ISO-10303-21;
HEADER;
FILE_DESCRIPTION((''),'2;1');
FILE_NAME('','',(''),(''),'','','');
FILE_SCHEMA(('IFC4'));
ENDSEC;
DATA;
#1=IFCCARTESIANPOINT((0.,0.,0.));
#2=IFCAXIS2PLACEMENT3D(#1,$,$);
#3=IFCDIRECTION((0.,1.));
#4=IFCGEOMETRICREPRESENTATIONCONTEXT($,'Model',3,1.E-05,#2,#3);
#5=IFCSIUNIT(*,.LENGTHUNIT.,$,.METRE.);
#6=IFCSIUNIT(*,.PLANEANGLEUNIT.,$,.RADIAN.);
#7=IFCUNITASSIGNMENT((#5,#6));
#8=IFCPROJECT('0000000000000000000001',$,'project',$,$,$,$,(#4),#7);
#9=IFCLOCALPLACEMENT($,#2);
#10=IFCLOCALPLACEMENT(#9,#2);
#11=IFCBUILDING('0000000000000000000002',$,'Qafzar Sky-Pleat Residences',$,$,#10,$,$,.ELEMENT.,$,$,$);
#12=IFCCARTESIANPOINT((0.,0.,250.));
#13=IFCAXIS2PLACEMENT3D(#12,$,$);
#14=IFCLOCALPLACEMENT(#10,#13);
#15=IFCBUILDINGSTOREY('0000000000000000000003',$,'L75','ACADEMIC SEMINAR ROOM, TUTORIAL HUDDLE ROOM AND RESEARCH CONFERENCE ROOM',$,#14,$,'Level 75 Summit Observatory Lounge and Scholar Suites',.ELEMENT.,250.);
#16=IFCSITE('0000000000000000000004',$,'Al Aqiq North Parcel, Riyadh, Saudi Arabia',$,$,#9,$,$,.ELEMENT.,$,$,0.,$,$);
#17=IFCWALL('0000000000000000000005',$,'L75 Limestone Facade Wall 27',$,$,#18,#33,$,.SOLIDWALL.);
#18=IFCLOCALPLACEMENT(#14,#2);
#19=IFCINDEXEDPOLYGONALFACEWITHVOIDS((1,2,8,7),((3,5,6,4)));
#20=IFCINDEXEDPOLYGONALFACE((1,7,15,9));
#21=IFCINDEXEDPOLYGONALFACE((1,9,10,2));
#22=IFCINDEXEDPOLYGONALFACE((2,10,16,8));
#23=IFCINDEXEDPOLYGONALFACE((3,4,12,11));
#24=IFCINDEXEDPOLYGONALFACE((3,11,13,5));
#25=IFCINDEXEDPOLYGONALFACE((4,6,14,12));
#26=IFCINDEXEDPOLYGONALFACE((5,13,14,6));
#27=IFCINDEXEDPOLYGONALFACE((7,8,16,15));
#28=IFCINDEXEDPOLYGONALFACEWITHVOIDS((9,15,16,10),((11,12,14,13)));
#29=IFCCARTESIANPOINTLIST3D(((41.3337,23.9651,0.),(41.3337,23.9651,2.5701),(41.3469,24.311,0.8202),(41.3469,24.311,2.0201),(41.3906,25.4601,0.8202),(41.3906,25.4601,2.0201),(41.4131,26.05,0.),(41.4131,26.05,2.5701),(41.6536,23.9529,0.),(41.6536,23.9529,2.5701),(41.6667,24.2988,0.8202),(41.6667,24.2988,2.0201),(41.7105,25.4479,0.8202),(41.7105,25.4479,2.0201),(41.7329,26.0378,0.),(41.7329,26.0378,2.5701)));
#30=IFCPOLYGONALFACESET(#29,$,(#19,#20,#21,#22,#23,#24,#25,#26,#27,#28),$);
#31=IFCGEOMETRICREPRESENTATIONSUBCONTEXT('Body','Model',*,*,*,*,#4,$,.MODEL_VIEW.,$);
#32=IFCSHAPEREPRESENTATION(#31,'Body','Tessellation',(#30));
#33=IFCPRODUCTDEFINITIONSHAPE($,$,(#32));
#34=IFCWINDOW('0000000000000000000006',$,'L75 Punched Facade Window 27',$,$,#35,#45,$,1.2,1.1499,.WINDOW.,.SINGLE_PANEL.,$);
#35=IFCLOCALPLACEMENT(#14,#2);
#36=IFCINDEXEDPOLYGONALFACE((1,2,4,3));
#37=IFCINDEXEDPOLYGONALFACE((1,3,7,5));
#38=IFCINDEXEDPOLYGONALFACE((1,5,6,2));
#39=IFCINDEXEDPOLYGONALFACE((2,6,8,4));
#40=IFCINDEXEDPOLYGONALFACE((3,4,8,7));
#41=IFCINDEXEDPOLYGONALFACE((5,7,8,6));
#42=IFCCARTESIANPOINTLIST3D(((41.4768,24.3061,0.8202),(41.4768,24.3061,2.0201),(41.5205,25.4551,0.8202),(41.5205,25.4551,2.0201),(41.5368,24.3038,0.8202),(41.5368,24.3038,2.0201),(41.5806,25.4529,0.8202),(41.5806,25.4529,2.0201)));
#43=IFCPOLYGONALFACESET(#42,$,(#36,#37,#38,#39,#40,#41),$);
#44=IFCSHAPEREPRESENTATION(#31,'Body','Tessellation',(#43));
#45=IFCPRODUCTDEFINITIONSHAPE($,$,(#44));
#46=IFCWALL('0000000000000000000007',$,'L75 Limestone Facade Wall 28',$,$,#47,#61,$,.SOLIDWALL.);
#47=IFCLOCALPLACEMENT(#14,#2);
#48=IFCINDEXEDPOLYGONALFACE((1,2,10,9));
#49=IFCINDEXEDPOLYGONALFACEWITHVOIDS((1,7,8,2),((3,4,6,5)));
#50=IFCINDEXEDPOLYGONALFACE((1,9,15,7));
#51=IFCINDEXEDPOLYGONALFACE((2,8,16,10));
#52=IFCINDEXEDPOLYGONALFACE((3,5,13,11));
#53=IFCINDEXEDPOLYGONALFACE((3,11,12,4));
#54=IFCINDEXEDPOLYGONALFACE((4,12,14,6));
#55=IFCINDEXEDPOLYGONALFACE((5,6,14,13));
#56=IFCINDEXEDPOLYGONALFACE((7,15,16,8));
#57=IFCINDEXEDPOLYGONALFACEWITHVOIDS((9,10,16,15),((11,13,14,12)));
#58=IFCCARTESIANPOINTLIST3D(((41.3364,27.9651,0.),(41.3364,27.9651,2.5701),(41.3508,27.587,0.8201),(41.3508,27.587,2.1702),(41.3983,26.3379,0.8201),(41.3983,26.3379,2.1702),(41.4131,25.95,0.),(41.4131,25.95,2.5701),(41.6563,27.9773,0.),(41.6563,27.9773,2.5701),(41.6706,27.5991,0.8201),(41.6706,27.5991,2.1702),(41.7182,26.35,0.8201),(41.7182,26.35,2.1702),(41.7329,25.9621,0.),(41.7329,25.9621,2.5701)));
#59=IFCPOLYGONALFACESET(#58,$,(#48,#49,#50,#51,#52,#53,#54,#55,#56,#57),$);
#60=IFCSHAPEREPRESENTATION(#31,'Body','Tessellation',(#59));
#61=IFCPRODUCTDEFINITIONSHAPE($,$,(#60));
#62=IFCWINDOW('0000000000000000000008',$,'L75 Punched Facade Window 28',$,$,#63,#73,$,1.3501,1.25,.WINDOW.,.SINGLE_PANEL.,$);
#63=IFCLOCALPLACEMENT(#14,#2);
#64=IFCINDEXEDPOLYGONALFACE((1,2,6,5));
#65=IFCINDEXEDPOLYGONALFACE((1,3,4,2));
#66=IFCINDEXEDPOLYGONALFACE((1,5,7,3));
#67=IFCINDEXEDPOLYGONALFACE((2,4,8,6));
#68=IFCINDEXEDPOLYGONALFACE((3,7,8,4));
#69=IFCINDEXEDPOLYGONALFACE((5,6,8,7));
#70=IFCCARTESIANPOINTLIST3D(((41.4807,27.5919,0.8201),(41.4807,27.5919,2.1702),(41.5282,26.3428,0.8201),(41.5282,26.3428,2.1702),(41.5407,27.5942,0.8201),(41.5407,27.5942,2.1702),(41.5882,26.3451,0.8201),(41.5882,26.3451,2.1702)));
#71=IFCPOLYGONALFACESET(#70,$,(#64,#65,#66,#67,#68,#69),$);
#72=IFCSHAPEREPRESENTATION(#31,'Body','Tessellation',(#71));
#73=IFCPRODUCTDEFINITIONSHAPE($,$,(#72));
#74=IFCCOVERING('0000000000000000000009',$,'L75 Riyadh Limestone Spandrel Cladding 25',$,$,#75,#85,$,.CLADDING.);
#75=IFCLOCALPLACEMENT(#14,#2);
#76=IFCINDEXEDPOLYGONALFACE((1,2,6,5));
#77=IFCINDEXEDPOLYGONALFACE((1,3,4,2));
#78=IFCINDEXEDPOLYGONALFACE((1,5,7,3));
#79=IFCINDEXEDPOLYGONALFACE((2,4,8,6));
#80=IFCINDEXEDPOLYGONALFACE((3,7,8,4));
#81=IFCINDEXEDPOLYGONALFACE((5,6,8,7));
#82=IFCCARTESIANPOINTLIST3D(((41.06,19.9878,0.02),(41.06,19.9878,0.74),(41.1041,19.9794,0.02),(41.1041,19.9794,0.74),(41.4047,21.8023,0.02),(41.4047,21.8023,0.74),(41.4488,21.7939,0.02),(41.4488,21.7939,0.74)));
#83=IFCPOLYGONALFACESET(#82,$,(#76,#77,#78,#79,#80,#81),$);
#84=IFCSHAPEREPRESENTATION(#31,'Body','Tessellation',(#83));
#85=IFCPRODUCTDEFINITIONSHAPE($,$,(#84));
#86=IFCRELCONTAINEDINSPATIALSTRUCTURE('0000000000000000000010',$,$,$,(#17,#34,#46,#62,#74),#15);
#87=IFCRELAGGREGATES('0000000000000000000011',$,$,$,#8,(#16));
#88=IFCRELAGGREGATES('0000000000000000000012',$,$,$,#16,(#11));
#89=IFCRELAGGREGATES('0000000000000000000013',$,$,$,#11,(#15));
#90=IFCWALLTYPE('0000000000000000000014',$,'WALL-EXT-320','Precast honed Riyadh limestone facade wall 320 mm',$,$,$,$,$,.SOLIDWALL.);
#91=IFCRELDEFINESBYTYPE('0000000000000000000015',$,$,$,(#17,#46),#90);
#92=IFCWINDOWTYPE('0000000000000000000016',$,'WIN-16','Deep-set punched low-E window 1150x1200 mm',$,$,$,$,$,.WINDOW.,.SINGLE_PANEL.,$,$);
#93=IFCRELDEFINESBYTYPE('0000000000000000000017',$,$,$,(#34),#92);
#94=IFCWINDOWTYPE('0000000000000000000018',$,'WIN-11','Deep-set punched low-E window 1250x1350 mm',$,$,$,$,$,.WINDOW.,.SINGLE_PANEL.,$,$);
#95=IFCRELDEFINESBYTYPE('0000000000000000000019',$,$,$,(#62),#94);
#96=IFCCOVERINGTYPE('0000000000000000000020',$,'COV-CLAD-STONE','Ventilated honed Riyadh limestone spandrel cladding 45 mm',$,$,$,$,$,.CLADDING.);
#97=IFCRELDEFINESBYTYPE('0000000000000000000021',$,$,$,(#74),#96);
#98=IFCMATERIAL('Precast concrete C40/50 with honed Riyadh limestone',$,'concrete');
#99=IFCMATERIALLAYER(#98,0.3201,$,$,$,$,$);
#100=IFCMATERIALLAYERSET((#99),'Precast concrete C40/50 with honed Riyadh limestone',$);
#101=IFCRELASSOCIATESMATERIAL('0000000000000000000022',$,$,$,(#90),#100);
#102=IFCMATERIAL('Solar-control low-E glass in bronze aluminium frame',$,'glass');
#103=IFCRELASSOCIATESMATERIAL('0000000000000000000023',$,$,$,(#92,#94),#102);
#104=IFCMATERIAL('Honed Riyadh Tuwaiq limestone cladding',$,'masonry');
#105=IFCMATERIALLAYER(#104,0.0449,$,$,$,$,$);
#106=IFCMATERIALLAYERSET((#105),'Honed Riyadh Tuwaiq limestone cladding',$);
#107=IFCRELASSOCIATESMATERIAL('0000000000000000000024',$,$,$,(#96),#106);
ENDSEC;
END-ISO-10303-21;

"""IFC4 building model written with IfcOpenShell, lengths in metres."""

from ifc_helpers import new_model, si_unit, direction, frame, frame_2d, origin, origin_2d, place, context, subcontext, project, spatial, rectangle, extrude, source, transform, mapped, material, layer, layer_set, type_object, element, fill, save


model = new_model("IFC4")

# Units and contexts
model_context = context("Model", 3, precision=1e-05, world=origin(), true_north=direction((0.0, 1.0)))
body_context = subcontext(model_context, "Body", "Model", "MODEL_VIEW")
ifc_project = project(units=[si_unit("LENGTHUNIT", "METRE"), si_unit("PLANEANGLEUNIT", "RADIAN")], contexts=[model_context])

# Site, building, storey
site_placement = place(None, origin())
site = spatial("IfcSite", under=ifc_project, at=site_placement, Name="Al Aqiq North Parcel, Riyadh, Saudi Arabia", CompositionType="ELEMENT", RefElevation=0.0)
building_placement = place(site_placement, origin())
building = spatial("IfcBuilding", under=site, at=building_placement, Name="Qafzar Sky-Pleat Residences", CompositionType="ELEMENT")
storey_placement = place(building_placement, frame((0.0, 0.0, 250.0)))
storey = spatial("IfcBuildingStorey", under=building, at=storey_placement, Name="L75", Description="ACADEMIC SEMINAR ROOM, TUTORIAL HUDDLE ROOM AND RESEARCH CONFERENCE ROOM", LongName="Level 75 Summit Observatory Lounge and Scholar Suites", CompositionType="ELEMENT", Elevation=250.0)

# Walls, openings, windows
ifc_material_1 = material(Name="Precast concrete C40/50 with honed Riyadh limestone", Category="concrete")
ifc_layer_1 = layer(ifc_material_1, 0.3201)
ifc_layer_set_1 = layer_set([ifc_layer_1], Name="Precast concrete C40/50 with honed Riyadh limestone")
wall_type_1 = type_object("IfcWallType", Name="WALL-EXT-320", Description="Precast honed Riyadh limestone facade wall 320 mm", PredefinedType="SOLIDWALL", material=ifc_layer_set_1)
ifc_material_2 = material(Name="Solar-control low-E glass in bronze aluminium frame", Category="glass")
wall_1_placement = place(storey_placement, frame((41.4937, 23.959, 0.0), z_axis=(0.0, 0.0, 1.0), x_axis=(0.038029, 0.999277, 0.0)))
wall_1 = element("IfcWall", 1, at=wall_1_placement, inside=storey, type_object=wall_type_1, Name="L75 Limestone Facade Wall 27", PredefinedType="SOLIDWALL", context=body_context, shape_type="SweptSolid", body=[
    extrude(rectangle(XDim=2.0864, YDim=0.3201, at=frame_2d((1.0432, 0.0))), origin(), (0.0, 0.0, 1.0), 2.5701),
])
opening_1_placement = place(wall_1_placement, frame((0.3462, 0.0, 0.8201)))
opening_1 = element("IfcOpeningElement", 2, at=opening_1_placement, cuts=wall_1, PredefinedType="OPENING", context=body_context, shape_type="SweptSolid", body=[
    extrude(rectangle(XDim=1.1499, YDim=1.2, at=frame_2d((0.575, 0.6001))), frame((0.0, 0.1699, 0.0), z_axis=(0.0, -1.0, 0.0), x_axis=(1.0, 0.0, 0.0)), (0.0, 0.0, 1.0), 0.3401),
])
window_type_1 = type_object("IfcWindowType", Name="WIN-16", Description="Deep-set punched low-E window 1150x1200 mm", PartitioningType="SINGLE_PANEL", PredefinedType="WINDOW", material=ifc_material_2)
shared_shape_1 = source(origin(), body_context, "Body", "SweptSolid", [
    extrude(rectangle(XDim=1.1499, YDim=1.2, at=frame_2d((0.575, 0.6001))), frame((0.0, 0.03, 0.0), z_axis=(0.0, -1.0, 0.0), x_axis=(1.0, 0.0, 0.0)), (0.0, 0.0, 1.0), 0.0601),
])
window_1_placement = place(opening_1_placement, origin())
window_1 = element("IfcWindow", 3, at=window_1_placement, inside=storey, type_object=window_type_1, Name="L75 Punched Facade Window 27", OverallHeight=1.2, OverallWidth=1.1499, PartitioningType="SINGLE_PANEL", PredefinedType="WINDOW", context=body_context, shape_type="MappedRepresentation", body=[
    mapped(shared_shape_1, transform((0.0, 0.0, 0.0), x_axis=(1.0, 0.0, 0.0), y_axis=(0.0, 1.0, 0.0), z_axis=(0.0, 0.0, 1.0), scale=1.0)),
])
fill(opening_1, window_1)
wall_2_placement = place(storey_placement, frame((41.573, 25.9561, 0.0), z_axis=(0.0, 0.0, 1.0), x_axis=(-0.038015, 0.999277, 0.0)))
wall_2 = element("IfcWall", 4, at=wall_2_placement, inside=storey, type_object=wall_type_1, Name="L75 Limestone Facade Wall 28", PredefinedType="SOLIDWALL", context=body_context, shape_type="SweptSolid", body=[
    extrude(rectangle(XDim=2.0166, YDim=0.3201, at=frame_2d((1.0083, 0.0))), origin(), (0.0, 0.0, 1.0), 2.5701),
])
opening_2_placement = place(wall_2_placement, frame((0.3882, 0.0, 0.8201)))
opening_2 = element("IfcOpeningElement", 5, at=opening_2_placement, cuts=wall_2, PredefinedType="OPENING", context=body_context, shape_type="SweptSolid", body=[
    extrude(rectangle(XDim=1.25, YDim=1.3501, at=frame_2d((0.625, 0.675))), frame((0.0, 0.1699, 0.0), z_axis=(0.0, -1.0, 0.0), x_axis=(1.0, 0.0, 0.0)), (0.0, 0.0, 1.0), 0.3401),
])
window_type_2 = type_object("IfcWindowType", Name="WIN-11", Description="Deep-set punched low-E window 1250x1350 mm", PartitioningType="SINGLE_PANEL", PredefinedType="WINDOW", material=ifc_material_2)
shared_shape_2 = source(origin(), body_context, "Body", "SweptSolid", [
    extrude(rectangle(XDim=1.25, YDim=1.3501, at=frame_2d((0.625, 0.675))), frame((0.0, 0.03, 0.0), z_axis=(0.0, -1.0, 0.0), x_axis=(1.0, 0.0, 0.0)), (0.0, 0.0, 1.0), 0.0601),
])
window_2_placement = place(opening_2_placement, origin())
window_2 = element("IfcWindow", 6, at=window_2_placement, inside=storey, type_object=window_type_2, Name="L75 Punched Facade Window 28", OverallHeight=1.3501, OverallWidth=1.25, PartitioningType="SINGLE_PANEL", PredefinedType="WINDOW", context=body_context, shape_type="MappedRepresentation", body=[
    mapped(shared_shape_2, transform((0.0, 0.0, 0.0), x_axis=(1.0, 0.0, 0.0), y_axis=(0.0, 1.0, 0.0), z_axis=(0.0, 0.0, 1.0), scale=1.0)),
])
fill(opening_2, window_2)

# Covering
ifc_material_3 = material(Name="Honed Riyadh Tuwaiq limestone cladding", Category="masonry")
ifc_layer_2 = layer(ifc_material_3, 0.0449)
ifc_layer_set_2 = layer_set([ifc_layer_2], Name="Honed Riyadh Tuwaiq limestone cladding")
covering_type = type_object("IfcCoveringType", Name="COV-CLAD-STONE", Description="Ventilated honed Riyadh limestone spandrel cladding 45 mm", PredefinedType="CLADDING", material=ifc_layer_set_2)
shared_shape_3 = source(origin(), body_context, "Body", "SweptSolid", [
    extrude(rectangle(XDim=1.8469, YDim=0.0449, at=origin_2d()), origin(), (0.0, 0.0, 1.0), 0.72),
])
covering_placement = place(storey_placement, frame((41.2544, 20.8909, 0.02), z_axis=(0.0, 0.0, 1.0), x_axis=(0.186633, 0.98243, 0.0)))
element("IfcCovering", 7, at=covering_placement, inside=storey, type_object=covering_type, Name="L75 Riyadh Limestone Spandrel Cladding 25", PredefinedType="CLADDING", context=body_context, shape_type="MappedRepresentation", body=[
    mapped(shared_shape_3, transform((0.0, 0.0, 0.0), x_axis=(1.0, 0.0, 0.0), y_axis=(0.0, 1.0, 0.0), z_axis=(0.0, 0.0, 1.0), scale=1.0)),
])

save(model, "model.ifc")
